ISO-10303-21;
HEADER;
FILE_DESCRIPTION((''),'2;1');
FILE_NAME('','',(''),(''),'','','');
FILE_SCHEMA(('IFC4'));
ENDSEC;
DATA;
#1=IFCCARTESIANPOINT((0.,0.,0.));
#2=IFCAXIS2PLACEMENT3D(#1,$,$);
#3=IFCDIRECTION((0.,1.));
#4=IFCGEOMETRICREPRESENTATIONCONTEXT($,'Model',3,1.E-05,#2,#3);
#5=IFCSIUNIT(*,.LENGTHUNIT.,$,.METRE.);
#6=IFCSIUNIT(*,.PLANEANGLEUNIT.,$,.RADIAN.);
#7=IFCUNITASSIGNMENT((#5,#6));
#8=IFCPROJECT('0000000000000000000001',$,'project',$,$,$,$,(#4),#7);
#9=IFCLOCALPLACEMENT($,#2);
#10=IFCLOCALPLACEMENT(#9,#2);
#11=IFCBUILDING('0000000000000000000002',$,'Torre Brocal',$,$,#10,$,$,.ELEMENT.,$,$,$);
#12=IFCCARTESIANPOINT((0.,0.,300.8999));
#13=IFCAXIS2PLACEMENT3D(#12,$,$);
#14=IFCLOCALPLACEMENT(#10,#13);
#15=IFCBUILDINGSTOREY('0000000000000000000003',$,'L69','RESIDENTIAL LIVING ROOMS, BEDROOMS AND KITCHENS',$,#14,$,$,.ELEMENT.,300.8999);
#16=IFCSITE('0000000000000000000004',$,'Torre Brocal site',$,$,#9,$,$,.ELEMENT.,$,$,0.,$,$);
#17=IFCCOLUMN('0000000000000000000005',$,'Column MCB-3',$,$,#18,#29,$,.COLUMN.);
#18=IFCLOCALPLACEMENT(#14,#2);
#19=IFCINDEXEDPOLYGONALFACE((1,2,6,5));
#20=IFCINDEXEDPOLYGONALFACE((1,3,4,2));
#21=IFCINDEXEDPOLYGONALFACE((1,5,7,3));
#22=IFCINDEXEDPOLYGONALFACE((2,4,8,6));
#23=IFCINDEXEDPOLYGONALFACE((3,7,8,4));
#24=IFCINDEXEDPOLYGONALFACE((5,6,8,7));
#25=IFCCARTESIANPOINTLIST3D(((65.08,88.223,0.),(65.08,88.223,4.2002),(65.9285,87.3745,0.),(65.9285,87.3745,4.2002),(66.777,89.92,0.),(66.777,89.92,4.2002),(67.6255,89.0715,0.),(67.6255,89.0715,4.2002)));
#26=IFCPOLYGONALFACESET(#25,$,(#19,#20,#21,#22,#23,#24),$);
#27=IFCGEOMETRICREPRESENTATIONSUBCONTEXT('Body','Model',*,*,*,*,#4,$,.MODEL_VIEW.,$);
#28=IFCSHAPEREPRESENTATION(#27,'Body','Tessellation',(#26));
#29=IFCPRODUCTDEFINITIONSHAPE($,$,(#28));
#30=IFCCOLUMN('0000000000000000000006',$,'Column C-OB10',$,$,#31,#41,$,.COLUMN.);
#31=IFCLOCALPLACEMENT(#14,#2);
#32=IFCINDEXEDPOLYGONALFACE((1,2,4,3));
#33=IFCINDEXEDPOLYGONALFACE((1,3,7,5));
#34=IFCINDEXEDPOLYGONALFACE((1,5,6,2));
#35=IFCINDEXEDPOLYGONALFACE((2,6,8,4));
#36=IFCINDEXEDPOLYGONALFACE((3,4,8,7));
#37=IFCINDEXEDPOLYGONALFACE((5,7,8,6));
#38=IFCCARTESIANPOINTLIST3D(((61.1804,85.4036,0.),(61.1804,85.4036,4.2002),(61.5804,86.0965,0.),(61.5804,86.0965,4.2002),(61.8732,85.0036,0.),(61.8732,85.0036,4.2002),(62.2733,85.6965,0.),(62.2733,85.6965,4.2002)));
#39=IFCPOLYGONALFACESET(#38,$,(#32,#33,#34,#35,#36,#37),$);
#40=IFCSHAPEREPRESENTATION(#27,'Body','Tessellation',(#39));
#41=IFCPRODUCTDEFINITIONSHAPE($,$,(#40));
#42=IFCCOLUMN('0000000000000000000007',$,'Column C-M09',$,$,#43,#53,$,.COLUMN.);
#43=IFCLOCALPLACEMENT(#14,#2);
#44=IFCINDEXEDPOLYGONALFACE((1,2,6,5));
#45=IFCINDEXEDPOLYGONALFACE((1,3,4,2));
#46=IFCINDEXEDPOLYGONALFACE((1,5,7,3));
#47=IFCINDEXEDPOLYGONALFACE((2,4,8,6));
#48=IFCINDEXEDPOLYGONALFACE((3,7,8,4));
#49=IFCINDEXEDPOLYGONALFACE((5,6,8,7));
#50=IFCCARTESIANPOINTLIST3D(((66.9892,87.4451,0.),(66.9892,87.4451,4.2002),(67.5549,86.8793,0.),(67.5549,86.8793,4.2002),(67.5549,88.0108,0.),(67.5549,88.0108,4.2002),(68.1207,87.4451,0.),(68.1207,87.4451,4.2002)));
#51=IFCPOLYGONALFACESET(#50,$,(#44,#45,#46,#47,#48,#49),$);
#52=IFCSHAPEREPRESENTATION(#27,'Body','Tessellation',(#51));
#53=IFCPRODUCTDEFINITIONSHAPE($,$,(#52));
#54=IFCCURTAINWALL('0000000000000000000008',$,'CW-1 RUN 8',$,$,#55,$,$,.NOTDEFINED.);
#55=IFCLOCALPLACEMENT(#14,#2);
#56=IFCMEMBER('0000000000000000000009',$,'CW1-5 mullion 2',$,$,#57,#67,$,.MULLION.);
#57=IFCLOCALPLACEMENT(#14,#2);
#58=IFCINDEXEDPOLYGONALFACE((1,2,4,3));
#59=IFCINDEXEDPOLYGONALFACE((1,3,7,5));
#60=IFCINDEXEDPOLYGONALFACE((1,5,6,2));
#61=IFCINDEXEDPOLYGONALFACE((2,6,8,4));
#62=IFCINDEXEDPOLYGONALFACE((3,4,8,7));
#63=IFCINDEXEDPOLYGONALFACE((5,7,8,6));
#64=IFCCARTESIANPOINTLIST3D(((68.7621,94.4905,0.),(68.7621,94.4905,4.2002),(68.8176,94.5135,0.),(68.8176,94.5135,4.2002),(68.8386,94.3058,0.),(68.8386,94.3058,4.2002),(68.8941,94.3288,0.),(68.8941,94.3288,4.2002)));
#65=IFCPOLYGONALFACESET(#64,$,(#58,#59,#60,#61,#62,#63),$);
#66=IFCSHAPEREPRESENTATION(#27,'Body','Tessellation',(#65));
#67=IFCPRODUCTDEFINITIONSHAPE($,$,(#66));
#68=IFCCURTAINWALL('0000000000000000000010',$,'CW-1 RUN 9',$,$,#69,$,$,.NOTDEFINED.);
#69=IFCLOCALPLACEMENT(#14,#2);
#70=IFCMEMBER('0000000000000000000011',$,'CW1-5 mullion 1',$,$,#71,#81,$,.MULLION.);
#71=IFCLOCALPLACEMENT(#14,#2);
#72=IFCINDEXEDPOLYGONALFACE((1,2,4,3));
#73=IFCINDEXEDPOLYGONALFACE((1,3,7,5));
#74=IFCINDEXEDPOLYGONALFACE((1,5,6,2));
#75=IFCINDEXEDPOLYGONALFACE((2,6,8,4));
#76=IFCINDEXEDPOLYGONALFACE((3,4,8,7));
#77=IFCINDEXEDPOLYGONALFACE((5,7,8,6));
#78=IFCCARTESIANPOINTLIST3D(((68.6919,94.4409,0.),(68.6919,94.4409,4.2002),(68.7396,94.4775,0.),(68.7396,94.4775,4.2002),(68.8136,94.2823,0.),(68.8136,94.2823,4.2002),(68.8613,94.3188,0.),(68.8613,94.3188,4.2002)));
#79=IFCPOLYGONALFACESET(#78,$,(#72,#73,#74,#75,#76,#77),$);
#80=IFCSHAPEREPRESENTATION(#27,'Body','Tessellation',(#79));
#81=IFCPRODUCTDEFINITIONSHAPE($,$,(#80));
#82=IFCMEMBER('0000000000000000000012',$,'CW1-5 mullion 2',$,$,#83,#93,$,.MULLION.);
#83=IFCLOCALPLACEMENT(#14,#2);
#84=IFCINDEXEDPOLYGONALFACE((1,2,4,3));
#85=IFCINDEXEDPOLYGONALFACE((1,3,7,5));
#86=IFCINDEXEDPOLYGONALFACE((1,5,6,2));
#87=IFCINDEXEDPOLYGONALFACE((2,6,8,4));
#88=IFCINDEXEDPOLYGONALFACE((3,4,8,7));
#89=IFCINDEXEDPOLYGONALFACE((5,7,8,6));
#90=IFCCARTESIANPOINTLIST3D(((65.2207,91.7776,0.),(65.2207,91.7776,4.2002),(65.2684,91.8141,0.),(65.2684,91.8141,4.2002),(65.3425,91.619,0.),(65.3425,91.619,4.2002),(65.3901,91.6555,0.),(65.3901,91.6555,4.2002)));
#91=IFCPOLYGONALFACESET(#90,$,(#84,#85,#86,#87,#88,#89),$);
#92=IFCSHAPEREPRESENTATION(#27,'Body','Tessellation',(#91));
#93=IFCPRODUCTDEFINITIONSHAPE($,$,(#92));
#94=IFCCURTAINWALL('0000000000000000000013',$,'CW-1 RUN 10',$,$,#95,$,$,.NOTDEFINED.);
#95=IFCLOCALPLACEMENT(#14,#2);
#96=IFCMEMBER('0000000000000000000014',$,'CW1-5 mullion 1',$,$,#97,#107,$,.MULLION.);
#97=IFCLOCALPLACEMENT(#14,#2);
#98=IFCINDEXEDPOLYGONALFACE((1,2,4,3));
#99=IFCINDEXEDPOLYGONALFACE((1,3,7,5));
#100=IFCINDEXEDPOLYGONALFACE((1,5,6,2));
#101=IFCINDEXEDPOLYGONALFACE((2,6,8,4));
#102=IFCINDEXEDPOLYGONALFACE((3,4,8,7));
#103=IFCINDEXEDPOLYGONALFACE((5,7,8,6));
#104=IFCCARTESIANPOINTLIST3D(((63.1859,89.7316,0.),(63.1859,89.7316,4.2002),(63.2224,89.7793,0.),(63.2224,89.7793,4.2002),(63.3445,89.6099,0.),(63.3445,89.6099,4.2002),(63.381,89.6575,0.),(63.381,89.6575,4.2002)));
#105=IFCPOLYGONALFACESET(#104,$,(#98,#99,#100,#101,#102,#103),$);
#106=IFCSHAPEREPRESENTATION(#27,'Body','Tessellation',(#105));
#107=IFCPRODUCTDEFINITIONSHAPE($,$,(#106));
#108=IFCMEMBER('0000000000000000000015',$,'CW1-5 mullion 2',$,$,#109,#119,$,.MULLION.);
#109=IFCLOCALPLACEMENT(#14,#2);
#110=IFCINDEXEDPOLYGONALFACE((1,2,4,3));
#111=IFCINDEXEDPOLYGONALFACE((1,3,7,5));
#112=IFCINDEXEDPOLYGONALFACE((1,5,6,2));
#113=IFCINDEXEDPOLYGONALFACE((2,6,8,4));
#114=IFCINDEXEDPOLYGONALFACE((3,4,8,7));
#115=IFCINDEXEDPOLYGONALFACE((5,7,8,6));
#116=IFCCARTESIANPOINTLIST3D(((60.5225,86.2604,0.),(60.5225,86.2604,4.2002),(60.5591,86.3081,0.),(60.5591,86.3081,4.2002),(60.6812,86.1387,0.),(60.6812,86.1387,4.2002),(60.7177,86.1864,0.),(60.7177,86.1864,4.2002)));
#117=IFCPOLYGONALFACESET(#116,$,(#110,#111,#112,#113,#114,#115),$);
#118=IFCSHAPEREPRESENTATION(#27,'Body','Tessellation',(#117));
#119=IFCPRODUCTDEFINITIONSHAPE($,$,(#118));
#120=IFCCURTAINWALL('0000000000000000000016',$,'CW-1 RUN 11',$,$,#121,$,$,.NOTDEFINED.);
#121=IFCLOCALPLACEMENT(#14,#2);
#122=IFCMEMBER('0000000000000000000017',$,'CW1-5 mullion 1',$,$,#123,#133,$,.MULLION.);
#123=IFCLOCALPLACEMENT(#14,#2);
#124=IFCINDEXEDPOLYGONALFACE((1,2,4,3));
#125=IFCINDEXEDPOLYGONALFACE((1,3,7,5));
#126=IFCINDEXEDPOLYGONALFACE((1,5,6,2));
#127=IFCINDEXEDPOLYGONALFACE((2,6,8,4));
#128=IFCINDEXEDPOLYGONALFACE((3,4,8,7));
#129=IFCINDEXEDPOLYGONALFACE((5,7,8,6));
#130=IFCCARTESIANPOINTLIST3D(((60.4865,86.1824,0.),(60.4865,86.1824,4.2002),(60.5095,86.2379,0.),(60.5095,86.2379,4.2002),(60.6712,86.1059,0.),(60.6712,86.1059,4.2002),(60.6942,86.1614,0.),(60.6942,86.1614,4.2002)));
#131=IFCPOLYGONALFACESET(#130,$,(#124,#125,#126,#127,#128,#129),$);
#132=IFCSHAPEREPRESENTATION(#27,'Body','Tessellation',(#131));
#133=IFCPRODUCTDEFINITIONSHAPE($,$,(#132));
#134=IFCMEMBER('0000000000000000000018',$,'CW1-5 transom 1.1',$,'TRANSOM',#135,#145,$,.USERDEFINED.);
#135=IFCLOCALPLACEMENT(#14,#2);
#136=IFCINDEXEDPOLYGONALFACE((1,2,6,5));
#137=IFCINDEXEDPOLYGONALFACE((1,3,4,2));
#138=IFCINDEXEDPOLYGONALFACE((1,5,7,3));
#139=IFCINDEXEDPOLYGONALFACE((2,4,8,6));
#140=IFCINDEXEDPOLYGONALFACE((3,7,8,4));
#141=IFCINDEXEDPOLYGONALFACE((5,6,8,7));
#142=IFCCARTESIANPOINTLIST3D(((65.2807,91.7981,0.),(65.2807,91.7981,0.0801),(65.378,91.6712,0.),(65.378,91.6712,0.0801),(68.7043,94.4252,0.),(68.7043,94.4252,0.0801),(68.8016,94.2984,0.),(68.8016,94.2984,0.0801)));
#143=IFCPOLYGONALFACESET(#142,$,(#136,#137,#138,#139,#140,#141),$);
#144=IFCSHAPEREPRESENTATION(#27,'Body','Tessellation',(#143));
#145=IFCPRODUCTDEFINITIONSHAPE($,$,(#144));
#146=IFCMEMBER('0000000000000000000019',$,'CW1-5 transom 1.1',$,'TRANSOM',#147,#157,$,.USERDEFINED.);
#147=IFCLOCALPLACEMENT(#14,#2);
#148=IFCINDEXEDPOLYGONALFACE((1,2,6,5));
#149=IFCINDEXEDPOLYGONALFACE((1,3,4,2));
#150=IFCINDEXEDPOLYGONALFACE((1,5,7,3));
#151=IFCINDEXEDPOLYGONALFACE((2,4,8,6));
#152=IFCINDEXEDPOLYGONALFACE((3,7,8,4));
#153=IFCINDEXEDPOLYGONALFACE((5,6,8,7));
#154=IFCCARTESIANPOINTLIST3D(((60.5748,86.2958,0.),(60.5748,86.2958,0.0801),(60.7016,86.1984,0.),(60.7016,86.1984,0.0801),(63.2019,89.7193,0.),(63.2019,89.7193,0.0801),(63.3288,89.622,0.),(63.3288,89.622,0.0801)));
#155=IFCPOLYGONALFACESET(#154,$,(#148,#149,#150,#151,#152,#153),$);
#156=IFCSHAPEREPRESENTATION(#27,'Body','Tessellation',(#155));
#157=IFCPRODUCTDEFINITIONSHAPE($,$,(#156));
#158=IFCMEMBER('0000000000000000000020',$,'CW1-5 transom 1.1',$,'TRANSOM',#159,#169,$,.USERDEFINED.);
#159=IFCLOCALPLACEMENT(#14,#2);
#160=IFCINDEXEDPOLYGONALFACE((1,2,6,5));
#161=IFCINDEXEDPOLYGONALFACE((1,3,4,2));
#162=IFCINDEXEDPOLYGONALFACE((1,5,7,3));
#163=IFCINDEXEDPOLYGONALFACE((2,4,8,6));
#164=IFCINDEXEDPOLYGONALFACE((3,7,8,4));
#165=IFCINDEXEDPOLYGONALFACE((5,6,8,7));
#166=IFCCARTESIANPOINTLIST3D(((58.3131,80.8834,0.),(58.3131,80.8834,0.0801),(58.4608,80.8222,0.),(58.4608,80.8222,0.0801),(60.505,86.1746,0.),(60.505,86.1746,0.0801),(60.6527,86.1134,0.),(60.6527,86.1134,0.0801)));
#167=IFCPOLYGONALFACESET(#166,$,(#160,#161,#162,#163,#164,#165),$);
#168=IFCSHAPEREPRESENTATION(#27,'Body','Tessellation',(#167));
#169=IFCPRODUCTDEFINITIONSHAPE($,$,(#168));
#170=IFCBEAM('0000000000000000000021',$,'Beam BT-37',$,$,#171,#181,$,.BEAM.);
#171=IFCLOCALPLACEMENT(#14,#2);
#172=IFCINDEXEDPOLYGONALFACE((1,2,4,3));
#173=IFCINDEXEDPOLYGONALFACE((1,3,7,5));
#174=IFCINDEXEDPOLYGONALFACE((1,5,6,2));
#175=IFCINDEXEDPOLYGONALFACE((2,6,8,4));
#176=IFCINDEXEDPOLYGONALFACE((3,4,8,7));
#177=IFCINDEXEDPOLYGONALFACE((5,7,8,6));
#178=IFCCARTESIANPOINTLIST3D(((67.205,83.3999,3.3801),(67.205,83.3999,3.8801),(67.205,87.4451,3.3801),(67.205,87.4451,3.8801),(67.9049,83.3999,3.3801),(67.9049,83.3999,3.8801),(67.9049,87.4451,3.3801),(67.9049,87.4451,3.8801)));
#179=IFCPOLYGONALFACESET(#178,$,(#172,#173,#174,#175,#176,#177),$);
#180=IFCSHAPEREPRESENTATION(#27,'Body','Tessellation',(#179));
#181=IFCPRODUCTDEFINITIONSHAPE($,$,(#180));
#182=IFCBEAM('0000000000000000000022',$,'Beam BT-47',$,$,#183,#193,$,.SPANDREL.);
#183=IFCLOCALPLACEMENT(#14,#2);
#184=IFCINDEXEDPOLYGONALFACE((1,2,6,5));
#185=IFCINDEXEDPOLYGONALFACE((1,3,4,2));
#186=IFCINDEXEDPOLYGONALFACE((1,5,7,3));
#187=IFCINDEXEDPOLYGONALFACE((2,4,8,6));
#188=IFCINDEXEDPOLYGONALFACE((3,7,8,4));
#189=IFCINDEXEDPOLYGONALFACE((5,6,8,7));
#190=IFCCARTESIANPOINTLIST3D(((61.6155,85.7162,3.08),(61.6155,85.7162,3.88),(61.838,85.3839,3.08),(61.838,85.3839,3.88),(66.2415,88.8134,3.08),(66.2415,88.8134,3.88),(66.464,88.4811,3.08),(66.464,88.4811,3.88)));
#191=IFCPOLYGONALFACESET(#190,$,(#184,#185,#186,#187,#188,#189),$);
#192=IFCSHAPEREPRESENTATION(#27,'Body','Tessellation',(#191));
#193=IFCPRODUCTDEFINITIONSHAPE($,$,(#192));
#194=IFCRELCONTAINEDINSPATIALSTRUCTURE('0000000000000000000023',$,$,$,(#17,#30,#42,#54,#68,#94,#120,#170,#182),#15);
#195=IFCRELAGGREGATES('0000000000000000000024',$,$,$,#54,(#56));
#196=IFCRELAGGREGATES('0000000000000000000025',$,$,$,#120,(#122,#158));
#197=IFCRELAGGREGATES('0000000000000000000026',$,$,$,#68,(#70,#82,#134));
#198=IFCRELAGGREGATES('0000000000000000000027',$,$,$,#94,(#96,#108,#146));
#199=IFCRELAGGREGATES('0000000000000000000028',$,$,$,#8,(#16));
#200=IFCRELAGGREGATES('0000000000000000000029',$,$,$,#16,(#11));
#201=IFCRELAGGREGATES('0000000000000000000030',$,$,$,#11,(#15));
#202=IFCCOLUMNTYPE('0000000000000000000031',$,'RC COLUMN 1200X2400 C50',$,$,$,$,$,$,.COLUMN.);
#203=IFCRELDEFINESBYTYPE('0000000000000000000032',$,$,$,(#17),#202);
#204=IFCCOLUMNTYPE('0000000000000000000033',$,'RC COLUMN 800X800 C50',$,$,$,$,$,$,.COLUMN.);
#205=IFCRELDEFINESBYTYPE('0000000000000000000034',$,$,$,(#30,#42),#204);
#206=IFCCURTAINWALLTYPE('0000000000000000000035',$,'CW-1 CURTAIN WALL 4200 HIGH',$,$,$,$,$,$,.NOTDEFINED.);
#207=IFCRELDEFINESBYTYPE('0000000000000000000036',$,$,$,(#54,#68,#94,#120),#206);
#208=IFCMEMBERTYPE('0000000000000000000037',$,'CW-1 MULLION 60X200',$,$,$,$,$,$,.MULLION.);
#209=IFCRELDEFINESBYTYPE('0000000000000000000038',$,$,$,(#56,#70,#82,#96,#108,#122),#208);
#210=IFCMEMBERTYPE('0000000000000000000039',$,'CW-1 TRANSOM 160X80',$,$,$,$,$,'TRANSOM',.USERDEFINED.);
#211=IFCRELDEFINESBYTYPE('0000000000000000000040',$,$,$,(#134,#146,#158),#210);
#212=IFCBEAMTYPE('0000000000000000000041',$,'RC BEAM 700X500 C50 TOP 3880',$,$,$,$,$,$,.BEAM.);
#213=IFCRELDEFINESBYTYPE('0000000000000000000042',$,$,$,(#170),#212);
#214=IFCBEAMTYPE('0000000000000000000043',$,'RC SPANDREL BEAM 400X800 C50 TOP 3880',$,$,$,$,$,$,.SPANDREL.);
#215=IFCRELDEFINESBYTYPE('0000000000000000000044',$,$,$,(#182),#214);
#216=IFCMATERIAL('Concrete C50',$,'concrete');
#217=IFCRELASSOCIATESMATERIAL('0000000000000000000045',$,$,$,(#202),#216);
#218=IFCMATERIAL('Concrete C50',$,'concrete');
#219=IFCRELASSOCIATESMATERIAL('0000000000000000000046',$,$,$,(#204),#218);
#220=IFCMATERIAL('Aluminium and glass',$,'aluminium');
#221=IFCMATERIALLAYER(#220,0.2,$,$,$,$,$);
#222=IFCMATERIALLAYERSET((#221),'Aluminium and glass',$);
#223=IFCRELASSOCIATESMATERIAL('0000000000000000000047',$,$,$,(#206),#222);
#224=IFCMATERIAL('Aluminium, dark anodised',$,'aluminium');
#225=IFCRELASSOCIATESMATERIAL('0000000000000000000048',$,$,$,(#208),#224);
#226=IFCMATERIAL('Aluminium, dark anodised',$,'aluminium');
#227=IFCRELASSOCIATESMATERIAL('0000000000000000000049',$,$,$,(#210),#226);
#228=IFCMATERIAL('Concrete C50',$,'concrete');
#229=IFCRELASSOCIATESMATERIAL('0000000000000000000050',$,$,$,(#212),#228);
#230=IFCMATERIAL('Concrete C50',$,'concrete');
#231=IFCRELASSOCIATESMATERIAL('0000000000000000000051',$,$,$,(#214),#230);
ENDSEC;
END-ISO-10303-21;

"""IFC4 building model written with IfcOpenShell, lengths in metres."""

from ifc_helpers import new_model, si_unit, direction, frame, origin, origin_2d, place, context, subcontext, project, spatial, rectangle, extrude, material, layer, layer_set, material_profile, profile_set, type_object, element, aggregate, save


model = new_model("IFC4")

# Units and contexts
model_context = context("Model", 3, precision=1e-05, world=origin(), true_north=direction((0.0, 1.0)))
body_context = subcontext(model_context, "Body", "Model", "MODEL_VIEW")
ifc_project = project(units=[si_unit("LENGTHUNIT", "METRE"), si_unit("PLANEANGLEUNIT", "RADIAN")], contexts=[model_context])

# Site, building, storey
site_placement = place(None, origin())
site = spatial("IfcSite", under=ifc_project, at=site_placement, Name="Torre Brocal site", CompositionType="ELEMENT", RefElevation=0.0)
building_placement = place(site_placement, origin())
building = spatial("IfcBuilding", under=site, at=building_placement, Name="Torre Brocal", CompositionType="ELEMENT")
storey_placement = place(building_placement, frame((0.0, 0.0, 300.8999)))
storey = spatial("IfcBuildingStorey", under=building, at=storey_placement, Name="L69", Description="RESIDENTIAL LIVING ROOMS, BEDROOMS AND KITCHENS", CompositionType="ELEMENT", Elevation=300.8999)

# Columns
ifc_material_1 = material(Name="Concrete C50", Category="concrete")
ifc_material_profile_1 = material_profile(ifc_material_1, rectangle(XDim=1.2, YDim=2.3999, at=origin_2d()), Name="RC 1200X2400")
ifc_profile_set_1 = profile_set([ifc_material_profile_1], Name="Concrete C50")
column_type_1 = type_object("IfcColumnType", Name="RC COLUMN 1200X2400 C50", PredefinedType="COLUMN", material=ifc_profile_set_1)
column_placement = place(storey_placement, frame((66.3528, 88.6472, 0.0), z_axis=(0.0, 0.0, 1.0), x_axis=(-0.707107, 0.707107, 0.0)))
element("IfcColumn", 1, at=column_placement, inside=storey, type_object=column_type_1, Name="Column MCB-3", PredefinedType="COLUMN", context=body_context, shape_type="SweptSolid", body=[
    extrude(rectangle(XDim=1.2, YDim=2.3999, at=origin_2d()), origin(), (0.0, 0.0, 1.0), 4.2002),
])
ifc_material_2 = material(Name="Concrete C50", Category="concrete")
ifc_material_profile_2 = material_profile(ifc_material_2, rectangle(XDim=0.8, YDim=0.8, at=origin_2d()), Name="RC 800X800")
ifc_profile_set_2 = profile_set([ifc_material_profile_2], Name="Concrete C50")
column_type_2 = type_object("IfcColumnType", Name="RC COLUMN 800X800 C50", PredefinedType="COLUMN", material=ifc_profile_set_2)
for number, where, z_axis, x_axis, name in (
    (2, (61.7268, 85.55, 0.0), (0.0, 0.0, 1.0), (-0.866025, 0.5, 0.0), "Column C-OB10"),
    (3, (67.5549, 87.4451, 0.0), (0.0, 0.0, 1.0), (-0.707107, 0.707107, 0.0), "Column C-M09"),
):
    element("IfcColumn", number, at=place(storey_placement, frame(where, z_axis=z_axis, x_axis=x_axis)), inside=storey, type_object=column_type_2, Name=name, PredefinedType="COLUMN", context=body_context, shape_type="SweptSolid", body=[
        extrude(rectangle(XDim=0.8, YDim=0.8, at=origin_2d()), origin(), (0.0, 0.0, 1.0), 4.2002),
    ])

# Curtain wall, member
ifc_material_3 = material(Name="Aluminium and glass", Category="aluminium")
ifc_layer_1 = layer(ifc_material_3, 0.2)
ifc_layer_set_1 = layer_set([ifc_layer_1], Name="Aluminium and glass")
curtain_wall_type = type_object("IfcCurtainWallType", Name="CW-1 CURTAIN WALL 4200 HIGH", PredefinedType="NOTDEFINED", material=ifc_layer_set_1)
curtain_wall_1_placement = place(storey_placement, origin())
curtain_wall_1 = element("IfcCurtainWall", 4, at=curtain_wall_1_placement, inside=storey, type_object=curtain_wall_type, Name="CW-1 RUN 8", PredefinedType="NOTDEFINED")
ifc_material_4 = material(Name="Aluminium, dark anodised", Category="aluminium")
ifc_material_profile_3 = material_profile(ifc_material_4, rectangle(XDim=0.2, YDim=0.0601, at=origin_2d()), Name="CW-1 MULLION 60X200")
ifc_profile_set_3 = profile_set([ifc_material_profile_3], Name="Aluminium, dark anodised")
member_type_1 = type_object("IfcMemberType", Name="CW-1 MULLION 60X200", PredefinedType="MULLION", material=ifc_profile_set_3)
member_1_placement = place(storey_placement, frame((68.8281, 94.4097, 0.0), z_axis=(0.0, 0.0, 1.0), x_axis=(0.382683, -0.92388, 0.0)))
member_1 = element("IfcMember", 5, at=member_1_placement, type_object=member_type_1, Name="CW1-5 mullion 2", PredefinedType="MULLION", context=body_context, shape_type="SweptSolid", body=[
    extrude(rectangle(XDim=0.2, YDim=0.0601, at=origin_2d()), origin(), (0.0, 0.0, 1.0), 4.2002),
])
aggregate(curtain_wall_1, [member_1])

# Curtain walls, members
curtain_wall_2_placement = place(storey_placement, origin())
curtain_wall_2 = element("IfcCurtainWall", 6, at=curtain_wall_2_placement, inside=storey, type_object=curtain_wall_type, Name="CW-1 RUN 9", PredefinedType="NOTDEFINED")
member_2_placement = place(storey_placement, frame((68.7766, 94.3799, 0.0), z_axis=(0.0, 0.0, 1.0), x_axis=(0.608761, -0.793353, 0.0)))
member_2 = element("IfcMember", 7, at=member_2_placement, type_object=member_type_1, Name="CW1-5 mullion 1", PredefinedType="MULLION", context=body_context, shape_type="SweptSolid", body=[
    extrude(rectangle(XDim=0.2, YDim=0.0601, at=origin_2d()), origin(), (0.0, 0.0, 1.0), 4.2002),
])
member_3_placement = place(storey_placement, frame((65.3054, 91.7166, 0.0), z_axis=(0.0, 0.0, 1.0), x_axis=(0.608761, -0.793353, 0.0)))
member_3 = element("IfcMember", 8, at=member_3_placement, type_object=member_type_1, Name="CW1-5 mullion 2", PredefinedType="MULLION", context=body_context, shape_type="SweptSolid", body=[
    extrude(rectangle(XDim=0.2, YDim=0.0601, at=origin_2d()), origin(), (0.0, 0.0, 1.0), 4.2002),
])
curtain_wall_3_placement = place(storey_placement, origin())
curtain_wall_3 = element("IfcCurtainWall", 9, at=curtain_wall_3_placement, inside=storey, type_object=curtain_wall_type, Name="CW-1 RUN 10", PredefinedType="NOTDEFINED")
member_4_placement = place(storey_placement, frame((63.2834, 89.6946, 0.0), z_axis=(0.0, 0.0, 1.0), x_axis=(0.793353, -0.608761, 0.0)))
member_4 = element("IfcMember", 10, at=member_4_placement, type_object=member_type_1, Name="CW1-5 mullion 1", PredefinedType="MULLION", context=body_context, shape_type="SweptSolid", body=[
    extrude(rectangle(XDim=0.2, YDim=0.0601, at=origin_2d()), origin(), (0.0, 0.0, 1.0), 4.2002),
])
member_5_placement = place(storey_placement, frame((60.6201, 86.2234, 0.0), z_axis=(0.0, 0.0, 1.0), x_axis=(0.793353, -0.608761, 0.0)))
member_5 = element("IfcMember", 11, at=member_5_placement, type_object=member_type_1, Name="CW1-5 mullion 2", PredefinedType="MULLION", context=body_context, shape_type="SweptSolid", body=[
    extrude(rectangle(XDim=0.2, YDim=0.0601, at=origin_2d()), origin(), (0.0, 0.0, 1.0), 4.2002),
])

# Curtain wall, member
curtain_wall_4_placement = place(storey_placement, origin())
curtain_wall_4 = element("IfcCurtainWall", 12, at=curtain_wall_4_placement, inside=storey, type_object=curtain_wall_type, Name="CW-1 RUN 11", PredefinedType="NOTDEFINED")
member_6_placement = place(storey_placement, frame((60.5903, 86.1719, 0.0), z_axis=(0.0, 0.0, 1.0), x_axis=(0.92388, -0.382683, 0.0)))
member_6 = element("IfcMember", 13, at=member_6_placement, type_object=member_type_1, Name="CW1-5 mullion 1", PredefinedType="MULLION", context=body_context, shape_type="SweptSolid", body=[
    extrude(rectangle(XDim=0.2, YDim=0.0601, at=origin_2d()), origin(), (0.0, 0.0, 1.0), 4.2002),
])

# Members
ifc_material_5 = material(Name="Aluminium, dark anodised", Category="aluminium")
ifc_material_profile_4 = material_profile(ifc_material_5, rectangle(XDim=0.1599, YDim=0.0801, at=origin_2d()), Name="CW-1 TRANSOM 160X80")
ifc_profile_set_4 = profile_set([ifc_material_profile_4], Name="Aluminium, dark anodised")
member_type_2 = type_object("IfcMemberType", Name="CW-1 TRANSOM 160X80", ElementType="TRANSOM", PredefinedType="USERDEFINED", material=ifc_profile_set_4)
member_7_placement = place(storey_placement, frame((68.7529, 94.3618, 0.04), z_axis=(-0.793332, -0.608789, 0.0), x_axis=(0.608789, -0.793332, 0.0)))
member_7 = element("IfcMember", 14, at=member_7_placement, type_object=member_type_2, Name="CW1-5 transom 1.1", ObjectType="TRANSOM", PredefinedType="USERDEFINED", context=body_context, shape_type="SweptSolid", body=[
    extrude(rectangle(XDim=0.1599, YDim=0.0801, at=origin_2d()), origin(), (0.0, 0.0, 1.0), 4.3154),
])
member_8_placement = place(storey_placement, frame((63.2654, 89.6707, 0.04), z_axis=(-0.608789, -0.793332, 0.0), x_axis=(0.793332, -0.608789, 0.0)))
member_8 = element("IfcMember", 15, at=member_8_placement, type_object=member_type_2, Name="CW1-5 transom 1.1", ObjectType="TRANSOM", PredefinedType="USERDEFINED", context=body_context, shape_type="SweptSolid", body=[
    extrude(rectangle(XDim=0.1599, YDim=0.0801, at=origin_2d()), origin(), (0.0, 0.0, 1.0), 4.3154),
])
member_9_placement = place(storey_placement, frame((60.5789, 86.144, 0.04), z_axis=(-0.382711, -0.923868, 0.0), x_axis=(0.923868, -0.382711, 0.0)))
member_9 = element("IfcMember", 16, at=member_9_placement, type_object=member_type_2, Name="CW1-5 transom 1.1", ObjectType="TRANSOM", PredefinedType="USERDEFINED", context=body_context, shape_type="SweptSolid", body=[
    extrude(rectangle(XDim=0.1599, YDim=0.0801, at=origin_2d()), origin(), (0.0, 0.0, 1.0), 5.7273),
])
aggregate(curtain_wall_4, [member_6, member_9])

# Beams
ifc_material_6 = material(Name="Concrete C50", Category="concrete")
ifc_material_profile_5 = material_profile(ifc_material_6, rectangle(XDim=0.7, YDim=0.5, at=origin_2d()), Name="RC 700X500")
ifc_profile_set_5 = profile_set([ifc_material_profile_5], Name="Concrete C50")
beam_type_1 = type_object("IfcBeamType", Name="RC BEAM 700X500 C50 TOP 3880", PredefinedType="BEAM", material=ifc_profile_set_5)
beam_1_placement = place(storey_placement, frame((67.5549, 87.4451, 3.6301), z_axis=(0.0, -1.0, 0.0), x_axis=(1.0, 0.0, 0.0)))
element("IfcBeam", 17, at=beam_1_placement, inside=storey, type_object=beam_type_1, Name="Beam BT-37", PredefinedType="BEAM", context=body_context, shape_type="SweptSolid", body=[
    extrude(rectangle(XDim=0.7, YDim=0.5, at=origin_2d()), origin(), (0.0, 0.0, 1.0), 4.0452),
])
ifc_material_7 = material(Name="Concrete C50", Category="concrete")
ifc_material_profile_6 = material_profile(ifc_material_7, rectangle(XDim=0.3999, YDim=0.8, at=origin_2d()), Name="RC 400X800")
ifc_profile_set_6 = profile_set([ifc_material_profile_6], Name="Concrete C50")
beam_type_2 = type_object("IfcBeamType", Name="RC SPANDREL BEAM 400X800 C50 TOP 3880", PredefinedType="SPANDREL", material=ifc_profile_set_6)
beam_2_placement = place(storey_placement, frame((66.3528, 88.6472, 3.48), z_axis=(-0.830956, -0.556339, 0.0), x_axis=(0.556339, -0.830956, 0.0)))
element("IfcBeam", 18, at=beam_2_placement, inside=storey, type_object=beam_type_2, Name="Beam BT-47", PredefinedType="SPANDREL", context=body_context, shape_type="SweptSolid", body=[
    extrude(rectangle(XDim=0.3999, YDim=0.8, at=origin_2d()), origin(), (0.0, 0.0, 1.0), 5.5671),
])

aggregate(curtain_wall_2, [member_2, member_3, member_7])
aggregate(curtain_wall_3, [member_4, member_5, member_8])

save(model, "model.ifc")
